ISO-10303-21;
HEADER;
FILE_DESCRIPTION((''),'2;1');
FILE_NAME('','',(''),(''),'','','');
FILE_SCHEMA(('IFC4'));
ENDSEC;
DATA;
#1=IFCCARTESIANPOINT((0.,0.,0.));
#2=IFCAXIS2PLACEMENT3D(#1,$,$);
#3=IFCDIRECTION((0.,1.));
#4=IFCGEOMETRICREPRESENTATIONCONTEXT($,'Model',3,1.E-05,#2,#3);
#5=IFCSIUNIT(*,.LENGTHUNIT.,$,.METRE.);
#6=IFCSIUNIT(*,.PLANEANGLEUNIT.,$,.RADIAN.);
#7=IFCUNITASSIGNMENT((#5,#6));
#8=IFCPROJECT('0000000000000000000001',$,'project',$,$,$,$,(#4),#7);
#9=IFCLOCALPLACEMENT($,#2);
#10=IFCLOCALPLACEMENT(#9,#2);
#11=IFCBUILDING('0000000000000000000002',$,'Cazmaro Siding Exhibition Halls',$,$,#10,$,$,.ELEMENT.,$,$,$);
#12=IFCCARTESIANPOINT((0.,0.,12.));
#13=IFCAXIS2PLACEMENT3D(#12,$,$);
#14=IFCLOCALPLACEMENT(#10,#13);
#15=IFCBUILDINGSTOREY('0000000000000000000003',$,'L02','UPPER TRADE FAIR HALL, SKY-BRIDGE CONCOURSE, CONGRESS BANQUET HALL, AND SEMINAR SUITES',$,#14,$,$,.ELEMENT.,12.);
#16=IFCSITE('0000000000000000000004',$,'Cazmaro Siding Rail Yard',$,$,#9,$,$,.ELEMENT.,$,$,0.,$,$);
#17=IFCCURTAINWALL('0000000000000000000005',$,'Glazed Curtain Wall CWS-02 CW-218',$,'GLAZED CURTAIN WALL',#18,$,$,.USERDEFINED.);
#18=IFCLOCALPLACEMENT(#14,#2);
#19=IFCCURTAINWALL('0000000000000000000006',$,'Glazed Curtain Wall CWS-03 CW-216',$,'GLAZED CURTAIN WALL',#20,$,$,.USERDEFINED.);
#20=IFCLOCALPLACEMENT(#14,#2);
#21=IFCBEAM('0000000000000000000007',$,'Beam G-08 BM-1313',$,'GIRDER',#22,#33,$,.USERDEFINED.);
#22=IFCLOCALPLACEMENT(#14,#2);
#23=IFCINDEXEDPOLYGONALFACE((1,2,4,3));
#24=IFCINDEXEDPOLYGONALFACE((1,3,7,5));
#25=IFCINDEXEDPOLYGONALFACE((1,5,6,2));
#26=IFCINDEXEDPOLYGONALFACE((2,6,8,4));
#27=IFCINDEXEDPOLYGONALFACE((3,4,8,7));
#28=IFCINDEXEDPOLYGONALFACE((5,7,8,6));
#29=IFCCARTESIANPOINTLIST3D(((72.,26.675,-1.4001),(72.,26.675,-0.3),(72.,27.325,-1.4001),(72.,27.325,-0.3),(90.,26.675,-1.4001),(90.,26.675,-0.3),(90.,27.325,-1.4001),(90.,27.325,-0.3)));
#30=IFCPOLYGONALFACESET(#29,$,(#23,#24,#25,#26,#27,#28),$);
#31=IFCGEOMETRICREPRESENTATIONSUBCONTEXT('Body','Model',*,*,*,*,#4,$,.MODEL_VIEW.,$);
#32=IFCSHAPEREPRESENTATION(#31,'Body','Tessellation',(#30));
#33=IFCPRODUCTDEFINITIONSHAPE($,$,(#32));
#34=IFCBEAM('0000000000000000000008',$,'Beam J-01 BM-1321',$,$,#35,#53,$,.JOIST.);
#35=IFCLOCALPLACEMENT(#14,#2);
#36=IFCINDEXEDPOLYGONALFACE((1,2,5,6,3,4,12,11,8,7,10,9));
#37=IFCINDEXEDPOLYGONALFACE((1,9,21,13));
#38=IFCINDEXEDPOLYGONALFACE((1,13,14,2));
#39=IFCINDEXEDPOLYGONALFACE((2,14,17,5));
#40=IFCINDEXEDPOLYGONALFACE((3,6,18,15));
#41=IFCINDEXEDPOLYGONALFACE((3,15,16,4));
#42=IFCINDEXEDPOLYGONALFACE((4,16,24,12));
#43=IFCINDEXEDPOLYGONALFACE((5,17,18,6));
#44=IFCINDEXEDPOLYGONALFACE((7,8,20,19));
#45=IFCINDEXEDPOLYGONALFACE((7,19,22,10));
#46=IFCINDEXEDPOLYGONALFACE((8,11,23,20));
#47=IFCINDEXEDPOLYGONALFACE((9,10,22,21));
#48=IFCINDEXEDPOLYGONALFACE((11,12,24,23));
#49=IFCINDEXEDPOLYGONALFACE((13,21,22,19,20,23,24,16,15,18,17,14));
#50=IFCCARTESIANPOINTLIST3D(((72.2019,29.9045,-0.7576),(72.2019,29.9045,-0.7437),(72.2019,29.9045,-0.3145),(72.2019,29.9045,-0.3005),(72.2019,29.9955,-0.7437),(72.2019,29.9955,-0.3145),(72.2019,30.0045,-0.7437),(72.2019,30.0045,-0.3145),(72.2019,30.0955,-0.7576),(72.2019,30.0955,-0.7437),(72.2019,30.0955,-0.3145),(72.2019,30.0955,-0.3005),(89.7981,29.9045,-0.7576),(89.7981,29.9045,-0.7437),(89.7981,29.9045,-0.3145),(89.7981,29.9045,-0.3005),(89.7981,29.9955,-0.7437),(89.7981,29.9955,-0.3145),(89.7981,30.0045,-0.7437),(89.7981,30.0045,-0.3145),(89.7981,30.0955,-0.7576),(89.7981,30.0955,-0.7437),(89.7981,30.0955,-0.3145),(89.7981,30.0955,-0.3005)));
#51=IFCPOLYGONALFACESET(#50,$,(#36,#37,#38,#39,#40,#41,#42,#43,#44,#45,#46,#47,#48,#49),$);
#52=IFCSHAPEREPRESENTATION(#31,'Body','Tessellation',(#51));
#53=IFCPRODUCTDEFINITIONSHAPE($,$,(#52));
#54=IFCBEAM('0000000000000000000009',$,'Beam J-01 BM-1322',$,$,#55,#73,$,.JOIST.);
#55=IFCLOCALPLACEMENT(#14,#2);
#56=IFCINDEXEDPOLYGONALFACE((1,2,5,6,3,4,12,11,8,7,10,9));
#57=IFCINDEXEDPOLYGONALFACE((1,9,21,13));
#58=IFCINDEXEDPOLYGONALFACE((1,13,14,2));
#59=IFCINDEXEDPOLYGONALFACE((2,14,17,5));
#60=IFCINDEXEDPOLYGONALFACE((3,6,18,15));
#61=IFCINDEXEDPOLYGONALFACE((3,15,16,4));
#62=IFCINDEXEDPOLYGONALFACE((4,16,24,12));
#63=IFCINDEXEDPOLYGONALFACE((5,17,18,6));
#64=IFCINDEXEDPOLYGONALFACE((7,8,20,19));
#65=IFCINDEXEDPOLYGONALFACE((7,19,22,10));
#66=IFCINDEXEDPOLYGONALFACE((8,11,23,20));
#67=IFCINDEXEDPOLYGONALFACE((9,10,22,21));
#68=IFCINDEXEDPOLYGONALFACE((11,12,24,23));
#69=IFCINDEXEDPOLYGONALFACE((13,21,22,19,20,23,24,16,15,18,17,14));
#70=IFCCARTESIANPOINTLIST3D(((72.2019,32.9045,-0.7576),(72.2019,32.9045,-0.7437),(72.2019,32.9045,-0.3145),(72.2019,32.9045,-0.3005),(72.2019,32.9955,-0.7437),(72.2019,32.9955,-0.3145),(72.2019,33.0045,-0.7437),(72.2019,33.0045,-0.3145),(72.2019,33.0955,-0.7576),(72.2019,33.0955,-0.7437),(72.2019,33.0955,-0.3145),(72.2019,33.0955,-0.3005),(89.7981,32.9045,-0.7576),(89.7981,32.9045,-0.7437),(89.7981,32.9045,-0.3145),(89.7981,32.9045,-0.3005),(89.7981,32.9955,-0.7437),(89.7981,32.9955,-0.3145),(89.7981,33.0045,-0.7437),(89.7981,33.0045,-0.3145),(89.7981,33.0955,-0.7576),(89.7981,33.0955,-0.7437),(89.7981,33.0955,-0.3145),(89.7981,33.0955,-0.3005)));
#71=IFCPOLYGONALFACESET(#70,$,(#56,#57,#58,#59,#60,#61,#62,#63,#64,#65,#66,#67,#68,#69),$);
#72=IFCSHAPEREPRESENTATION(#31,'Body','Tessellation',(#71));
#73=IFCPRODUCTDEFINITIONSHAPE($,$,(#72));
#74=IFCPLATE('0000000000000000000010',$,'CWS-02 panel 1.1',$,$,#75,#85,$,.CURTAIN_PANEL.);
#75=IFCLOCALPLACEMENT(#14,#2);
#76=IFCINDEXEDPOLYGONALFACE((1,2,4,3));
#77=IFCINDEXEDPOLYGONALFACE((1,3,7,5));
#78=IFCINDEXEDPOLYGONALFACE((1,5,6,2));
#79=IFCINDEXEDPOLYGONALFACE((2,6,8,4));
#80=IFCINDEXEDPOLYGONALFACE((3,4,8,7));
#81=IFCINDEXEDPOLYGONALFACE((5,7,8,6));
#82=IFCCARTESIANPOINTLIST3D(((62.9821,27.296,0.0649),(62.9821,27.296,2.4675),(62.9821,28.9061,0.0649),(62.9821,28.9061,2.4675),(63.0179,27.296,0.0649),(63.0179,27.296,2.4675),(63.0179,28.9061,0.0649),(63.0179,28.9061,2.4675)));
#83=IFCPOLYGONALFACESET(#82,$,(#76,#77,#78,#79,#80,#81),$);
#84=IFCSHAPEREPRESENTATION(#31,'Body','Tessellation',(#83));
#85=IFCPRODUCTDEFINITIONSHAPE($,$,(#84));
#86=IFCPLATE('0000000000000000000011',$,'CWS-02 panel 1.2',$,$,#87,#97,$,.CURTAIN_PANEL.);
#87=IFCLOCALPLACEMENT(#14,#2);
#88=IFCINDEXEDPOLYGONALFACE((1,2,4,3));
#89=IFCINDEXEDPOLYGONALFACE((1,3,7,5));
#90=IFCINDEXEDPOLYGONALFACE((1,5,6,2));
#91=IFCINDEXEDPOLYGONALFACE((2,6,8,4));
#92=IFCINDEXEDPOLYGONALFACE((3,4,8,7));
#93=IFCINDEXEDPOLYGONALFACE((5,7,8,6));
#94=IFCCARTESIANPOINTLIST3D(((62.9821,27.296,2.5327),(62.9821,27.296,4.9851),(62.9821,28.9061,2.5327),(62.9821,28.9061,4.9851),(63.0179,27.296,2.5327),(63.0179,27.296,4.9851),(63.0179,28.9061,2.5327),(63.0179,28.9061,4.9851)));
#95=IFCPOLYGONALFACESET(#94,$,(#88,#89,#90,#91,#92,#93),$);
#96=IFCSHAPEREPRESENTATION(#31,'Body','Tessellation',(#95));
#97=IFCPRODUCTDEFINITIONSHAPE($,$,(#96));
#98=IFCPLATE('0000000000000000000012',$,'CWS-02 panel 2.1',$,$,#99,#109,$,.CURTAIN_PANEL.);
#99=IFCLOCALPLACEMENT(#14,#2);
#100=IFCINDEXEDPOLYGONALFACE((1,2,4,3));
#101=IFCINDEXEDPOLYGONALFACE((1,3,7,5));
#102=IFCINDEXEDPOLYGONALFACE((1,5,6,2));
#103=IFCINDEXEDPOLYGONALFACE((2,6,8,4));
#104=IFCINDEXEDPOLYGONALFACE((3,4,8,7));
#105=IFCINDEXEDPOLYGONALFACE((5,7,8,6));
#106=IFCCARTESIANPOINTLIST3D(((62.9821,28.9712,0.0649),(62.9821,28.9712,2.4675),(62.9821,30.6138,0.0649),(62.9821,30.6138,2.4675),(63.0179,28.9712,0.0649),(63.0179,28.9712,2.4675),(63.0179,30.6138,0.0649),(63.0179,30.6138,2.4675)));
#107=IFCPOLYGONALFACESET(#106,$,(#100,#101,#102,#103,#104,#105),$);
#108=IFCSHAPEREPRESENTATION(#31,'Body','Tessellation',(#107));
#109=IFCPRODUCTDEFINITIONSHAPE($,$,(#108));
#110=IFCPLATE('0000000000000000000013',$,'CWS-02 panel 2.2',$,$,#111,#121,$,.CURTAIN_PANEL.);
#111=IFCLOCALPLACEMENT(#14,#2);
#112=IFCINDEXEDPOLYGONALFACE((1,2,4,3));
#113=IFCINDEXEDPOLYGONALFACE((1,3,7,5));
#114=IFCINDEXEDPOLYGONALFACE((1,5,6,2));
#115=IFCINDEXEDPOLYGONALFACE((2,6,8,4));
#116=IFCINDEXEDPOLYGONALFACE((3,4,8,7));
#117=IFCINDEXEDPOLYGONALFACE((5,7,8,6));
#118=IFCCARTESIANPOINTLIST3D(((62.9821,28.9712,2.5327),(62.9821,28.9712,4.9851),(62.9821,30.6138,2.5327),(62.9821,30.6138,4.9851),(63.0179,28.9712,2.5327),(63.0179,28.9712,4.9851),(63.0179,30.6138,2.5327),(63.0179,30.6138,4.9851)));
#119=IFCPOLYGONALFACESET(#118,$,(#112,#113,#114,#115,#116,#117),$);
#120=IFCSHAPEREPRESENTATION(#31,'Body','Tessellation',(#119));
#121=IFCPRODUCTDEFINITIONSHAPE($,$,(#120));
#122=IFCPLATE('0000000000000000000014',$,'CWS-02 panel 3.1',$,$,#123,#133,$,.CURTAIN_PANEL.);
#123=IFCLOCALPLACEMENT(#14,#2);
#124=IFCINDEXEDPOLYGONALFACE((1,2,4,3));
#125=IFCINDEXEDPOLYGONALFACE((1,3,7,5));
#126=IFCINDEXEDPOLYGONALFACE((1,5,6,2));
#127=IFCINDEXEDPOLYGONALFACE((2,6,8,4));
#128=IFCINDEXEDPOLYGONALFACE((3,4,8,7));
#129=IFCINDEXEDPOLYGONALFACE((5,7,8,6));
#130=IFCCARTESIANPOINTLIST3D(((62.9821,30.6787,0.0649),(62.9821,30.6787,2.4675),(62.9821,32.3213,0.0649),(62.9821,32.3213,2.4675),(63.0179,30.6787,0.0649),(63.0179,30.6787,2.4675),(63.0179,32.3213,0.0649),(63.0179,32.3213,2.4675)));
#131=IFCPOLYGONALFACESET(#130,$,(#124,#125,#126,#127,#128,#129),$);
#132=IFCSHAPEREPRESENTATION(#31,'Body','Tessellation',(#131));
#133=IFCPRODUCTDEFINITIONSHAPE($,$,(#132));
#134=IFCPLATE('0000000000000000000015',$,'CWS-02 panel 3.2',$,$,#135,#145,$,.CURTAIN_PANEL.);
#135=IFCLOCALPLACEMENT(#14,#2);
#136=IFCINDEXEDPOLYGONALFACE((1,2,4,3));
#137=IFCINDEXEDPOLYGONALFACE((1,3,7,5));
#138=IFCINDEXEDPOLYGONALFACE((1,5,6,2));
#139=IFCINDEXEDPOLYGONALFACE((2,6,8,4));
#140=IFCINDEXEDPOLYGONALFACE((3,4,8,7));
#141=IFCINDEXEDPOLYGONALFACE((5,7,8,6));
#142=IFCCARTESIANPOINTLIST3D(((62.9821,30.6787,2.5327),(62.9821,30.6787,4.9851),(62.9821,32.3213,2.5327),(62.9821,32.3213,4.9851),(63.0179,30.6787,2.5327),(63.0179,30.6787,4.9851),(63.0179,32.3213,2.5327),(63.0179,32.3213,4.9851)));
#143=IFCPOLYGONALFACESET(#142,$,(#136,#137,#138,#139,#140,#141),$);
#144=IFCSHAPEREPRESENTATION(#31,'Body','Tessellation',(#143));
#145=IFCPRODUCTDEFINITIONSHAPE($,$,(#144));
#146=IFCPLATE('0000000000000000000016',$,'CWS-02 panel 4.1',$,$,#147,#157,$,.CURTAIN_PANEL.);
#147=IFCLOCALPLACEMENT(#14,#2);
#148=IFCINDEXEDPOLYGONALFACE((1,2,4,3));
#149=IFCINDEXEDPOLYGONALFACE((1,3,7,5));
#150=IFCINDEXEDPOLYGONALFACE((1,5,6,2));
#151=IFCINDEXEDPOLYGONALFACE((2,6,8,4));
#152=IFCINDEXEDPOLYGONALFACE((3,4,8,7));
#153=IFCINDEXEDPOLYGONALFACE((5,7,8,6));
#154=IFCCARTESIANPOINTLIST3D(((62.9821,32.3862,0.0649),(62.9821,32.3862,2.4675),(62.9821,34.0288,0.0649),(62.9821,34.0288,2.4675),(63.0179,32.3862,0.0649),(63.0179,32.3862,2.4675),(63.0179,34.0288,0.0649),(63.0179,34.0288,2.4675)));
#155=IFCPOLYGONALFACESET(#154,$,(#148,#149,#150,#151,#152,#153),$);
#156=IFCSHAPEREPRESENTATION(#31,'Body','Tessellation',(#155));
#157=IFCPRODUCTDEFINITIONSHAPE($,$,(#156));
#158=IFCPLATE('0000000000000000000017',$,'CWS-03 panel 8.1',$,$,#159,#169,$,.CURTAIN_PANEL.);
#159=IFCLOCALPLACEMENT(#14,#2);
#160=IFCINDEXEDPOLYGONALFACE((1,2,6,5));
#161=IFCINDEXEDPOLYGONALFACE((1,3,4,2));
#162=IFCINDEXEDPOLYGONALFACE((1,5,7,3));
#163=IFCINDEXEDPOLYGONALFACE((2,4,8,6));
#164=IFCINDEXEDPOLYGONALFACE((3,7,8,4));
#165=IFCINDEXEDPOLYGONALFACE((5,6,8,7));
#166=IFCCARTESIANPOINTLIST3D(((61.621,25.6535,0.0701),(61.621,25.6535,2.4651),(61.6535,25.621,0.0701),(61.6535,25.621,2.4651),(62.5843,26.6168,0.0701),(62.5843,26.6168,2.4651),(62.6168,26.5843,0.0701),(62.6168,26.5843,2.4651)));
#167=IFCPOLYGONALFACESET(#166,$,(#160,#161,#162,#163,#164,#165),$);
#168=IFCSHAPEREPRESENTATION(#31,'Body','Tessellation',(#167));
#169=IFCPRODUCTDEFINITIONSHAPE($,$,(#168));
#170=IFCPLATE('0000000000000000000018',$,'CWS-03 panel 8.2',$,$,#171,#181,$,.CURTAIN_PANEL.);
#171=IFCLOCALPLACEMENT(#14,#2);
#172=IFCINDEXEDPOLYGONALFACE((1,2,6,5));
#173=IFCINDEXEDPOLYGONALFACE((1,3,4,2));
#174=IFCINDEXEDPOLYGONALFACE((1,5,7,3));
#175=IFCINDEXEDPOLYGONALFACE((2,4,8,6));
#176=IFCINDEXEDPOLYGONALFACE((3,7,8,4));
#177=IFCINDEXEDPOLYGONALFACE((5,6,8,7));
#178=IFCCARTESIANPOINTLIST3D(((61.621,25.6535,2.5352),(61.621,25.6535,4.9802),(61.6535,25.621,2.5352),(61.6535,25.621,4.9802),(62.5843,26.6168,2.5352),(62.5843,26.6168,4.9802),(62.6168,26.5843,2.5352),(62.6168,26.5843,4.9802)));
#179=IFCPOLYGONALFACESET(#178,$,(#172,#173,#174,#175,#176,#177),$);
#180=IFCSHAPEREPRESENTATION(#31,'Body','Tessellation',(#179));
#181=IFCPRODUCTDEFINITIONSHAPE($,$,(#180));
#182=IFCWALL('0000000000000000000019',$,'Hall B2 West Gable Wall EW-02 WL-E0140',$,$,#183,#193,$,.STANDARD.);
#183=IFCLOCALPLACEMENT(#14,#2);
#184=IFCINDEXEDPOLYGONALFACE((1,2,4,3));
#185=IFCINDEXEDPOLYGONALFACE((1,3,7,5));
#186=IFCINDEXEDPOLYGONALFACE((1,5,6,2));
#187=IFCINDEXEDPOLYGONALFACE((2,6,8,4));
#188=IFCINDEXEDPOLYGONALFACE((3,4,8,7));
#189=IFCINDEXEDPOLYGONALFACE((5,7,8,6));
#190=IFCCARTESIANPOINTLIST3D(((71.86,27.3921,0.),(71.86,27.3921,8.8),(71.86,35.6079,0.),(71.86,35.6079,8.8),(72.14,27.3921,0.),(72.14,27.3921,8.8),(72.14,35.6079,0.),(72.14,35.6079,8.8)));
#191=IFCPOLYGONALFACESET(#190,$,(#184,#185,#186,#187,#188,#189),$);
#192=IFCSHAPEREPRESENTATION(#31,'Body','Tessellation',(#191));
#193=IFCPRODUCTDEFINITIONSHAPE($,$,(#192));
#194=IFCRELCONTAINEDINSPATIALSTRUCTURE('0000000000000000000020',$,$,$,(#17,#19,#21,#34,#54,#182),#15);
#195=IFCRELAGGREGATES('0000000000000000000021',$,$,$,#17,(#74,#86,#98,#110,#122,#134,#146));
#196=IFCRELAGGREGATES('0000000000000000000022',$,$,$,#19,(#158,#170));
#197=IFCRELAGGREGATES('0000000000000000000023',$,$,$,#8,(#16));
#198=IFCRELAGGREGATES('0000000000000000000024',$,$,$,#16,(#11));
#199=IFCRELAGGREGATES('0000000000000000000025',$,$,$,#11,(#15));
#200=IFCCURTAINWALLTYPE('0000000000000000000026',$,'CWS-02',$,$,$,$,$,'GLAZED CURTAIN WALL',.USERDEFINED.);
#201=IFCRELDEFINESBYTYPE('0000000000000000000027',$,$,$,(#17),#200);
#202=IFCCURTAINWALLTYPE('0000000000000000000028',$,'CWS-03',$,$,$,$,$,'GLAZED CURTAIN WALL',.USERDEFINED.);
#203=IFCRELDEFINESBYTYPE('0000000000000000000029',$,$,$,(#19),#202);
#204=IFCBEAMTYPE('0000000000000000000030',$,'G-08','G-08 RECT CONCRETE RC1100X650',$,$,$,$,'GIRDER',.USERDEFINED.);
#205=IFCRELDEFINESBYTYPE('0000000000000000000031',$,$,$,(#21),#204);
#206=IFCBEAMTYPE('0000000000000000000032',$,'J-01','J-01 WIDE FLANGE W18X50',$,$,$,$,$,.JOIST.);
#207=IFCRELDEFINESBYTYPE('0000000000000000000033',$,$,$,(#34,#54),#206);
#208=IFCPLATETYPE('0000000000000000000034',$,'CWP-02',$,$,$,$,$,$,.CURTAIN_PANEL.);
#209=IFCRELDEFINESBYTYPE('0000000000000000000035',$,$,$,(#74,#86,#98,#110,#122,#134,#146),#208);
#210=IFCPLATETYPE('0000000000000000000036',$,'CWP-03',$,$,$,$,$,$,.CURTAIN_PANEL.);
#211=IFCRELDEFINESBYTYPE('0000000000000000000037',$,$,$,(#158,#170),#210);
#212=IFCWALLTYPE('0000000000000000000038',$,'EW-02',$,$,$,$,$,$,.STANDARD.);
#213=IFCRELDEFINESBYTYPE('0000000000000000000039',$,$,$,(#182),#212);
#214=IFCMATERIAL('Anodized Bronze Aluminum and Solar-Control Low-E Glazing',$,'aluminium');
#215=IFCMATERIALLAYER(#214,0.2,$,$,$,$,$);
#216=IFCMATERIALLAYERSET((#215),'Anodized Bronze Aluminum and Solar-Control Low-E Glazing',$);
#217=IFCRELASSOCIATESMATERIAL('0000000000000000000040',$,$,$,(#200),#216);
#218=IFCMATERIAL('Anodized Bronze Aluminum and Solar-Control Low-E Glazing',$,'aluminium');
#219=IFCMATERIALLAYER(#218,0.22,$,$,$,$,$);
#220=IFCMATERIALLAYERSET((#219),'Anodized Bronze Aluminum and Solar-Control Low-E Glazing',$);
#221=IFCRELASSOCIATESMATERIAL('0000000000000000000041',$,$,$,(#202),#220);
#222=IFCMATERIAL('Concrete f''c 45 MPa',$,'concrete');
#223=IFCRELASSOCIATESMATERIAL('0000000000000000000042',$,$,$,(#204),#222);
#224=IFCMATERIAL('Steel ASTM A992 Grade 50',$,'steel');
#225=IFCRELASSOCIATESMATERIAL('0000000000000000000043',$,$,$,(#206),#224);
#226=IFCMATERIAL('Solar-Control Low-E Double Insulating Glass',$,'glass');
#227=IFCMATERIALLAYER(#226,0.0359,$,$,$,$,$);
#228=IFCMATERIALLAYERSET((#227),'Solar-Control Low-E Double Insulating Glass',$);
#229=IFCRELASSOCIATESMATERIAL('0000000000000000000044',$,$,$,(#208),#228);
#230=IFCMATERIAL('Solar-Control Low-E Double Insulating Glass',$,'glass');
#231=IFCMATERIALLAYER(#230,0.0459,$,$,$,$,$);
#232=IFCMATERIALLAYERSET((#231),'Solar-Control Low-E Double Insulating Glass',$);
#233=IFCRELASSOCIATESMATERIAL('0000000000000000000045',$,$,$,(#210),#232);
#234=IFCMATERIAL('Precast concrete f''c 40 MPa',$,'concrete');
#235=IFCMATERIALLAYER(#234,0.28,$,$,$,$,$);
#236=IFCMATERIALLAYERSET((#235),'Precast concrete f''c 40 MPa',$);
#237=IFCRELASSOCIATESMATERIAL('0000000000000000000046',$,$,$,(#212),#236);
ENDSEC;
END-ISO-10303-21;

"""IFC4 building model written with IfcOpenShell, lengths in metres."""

from ifc_helpers import new_model, si_unit, direction, frame, frame_2d, origin, origin_2d, place, context, subcontext, project, spatial, rectangle, i_section, extrude, material, layer, layer_set, material_profile, profile_set, type_object, element, aggregate, save


model = new_model("IFC4")

# Units and contexts
model_context = context("Model", 3, precision=1e-05, world=origin(), true_north=direction((0.0, 1.0)))
body_context = subcontext(model_context, "Body", "Model", "MODEL_VIEW")
ifc_project = project(units=[si_unit("LENGTHUNIT", "METRE"), si_unit("PLANEANGLEUNIT", "RADIAN")], contexts=[model_context])

# Site, building, storey
site_placement = place(None, origin())
site = spatial("IfcSite", under=ifc_project, at=site_placement, Name="Cazmaro Siding Rail Yard", CompositionType="ELEMENT", RefElevation=0.0)
building_placement = place(site_placement, origin())
building = spatial("IfcBuilding", under=site, at=building_placement, Name="Cazmaro Siding Exhibition Halls", CompositionType="ELEMENT")
storey_placement = place(building_placement, frame((0.0, 0.0, 12.0)))
storey = spatial("IfcBuildingStorey", under=building, at=storey_placement, Name="L02", Description="UPPER TRADE FAIR HALL, SKY-BRIDGE CONCOURSE, CONGRESS BANQUET HALL, AND SEMINAR SUITES", CompositionType="ELEMENT", Elevation=12.0)

# Curtain walls
ifc_material_1 = material(Name="Anodized Bronze Aluminum and Solar-Control Low-E Glazing", Category="aluminium")
ifc_layer_1 = layer(ifc_material_1, 0.2)
ifc_layer_set_1 = layer_set([ifc_layer_1], Name="Anodized Bronze Aluminum and Solar-Control Low-E Glazing")
curtain_wall_type_1 = type_object("IfcCurtainWallType", Name="CWS-02", ElementType="GLAZED CURTAIN WALL", PredefinedType="USERDEFINED", material=ifc_layer_set_1)
curtain_wall_1_placement = place(storey_placement, origin())
curtain_wall_1 = element("IfcCurtainWall", 1, at=curtain_wall_1_placement, inside=storey, type_object=curtain_wall_type_1, Name="Glazed Curtain Wall CWS-02 CW-218", ObjectType="GLAZED CURTAIN WALL", PredefinedType="USERDEFINED")
ifc_material_2 = material(Name="Anodized Bronze Aluminum and Solar-Control Low-E Glazing", Category="aluminium")
ifc_layer_2 = layer(ifc_material_2, 0.22)
ifc_layer_set_2 = layer_set([ifc_layer_2], Name="Anodized Bronze Aluminum and Solar-Control Low-E Glazing")
curtain_wall_type_2 = type_object("IfcCurtainWallType", Name="CWS-03", ElementType="GLAZED CURTAIN WALL", PredefinedType="USERDEFINED", material=ifc_layer_set_2)
curtain_wall_2_placement = place(storey_placement, origin())
curtain_wall_2 = element("IfcCurtainWall", 2, at=curtain_wall_2_placement, inside=storey, type_object=curtain_wall_type_2, Name="Glazed Curtain Wall CWS-03 CW-216", ObjectType="GLAZED CURTAIN WALL", PredefinedType="USERDEFINED")

# Beams
ifc_material_3 = material(Name="Concrete f'c 45 MPa", Category="concrete")
ifc_material_profile_1 = material_profile(ifc_material_3, rectangle(XDim=0.6499, YDim=1.1001, at=origin_2d()), Name="RC1100X650")
ifc_profile_set_1 = profile_set([ifc_material_profile_1], Name="Concrete f'c 45 MPa")
beam_type_1 = type_object("IfcBeamType", Name="G-08", Description="G-08 RECT CONCRETE RC1100X650", ElementType="GIRDER", PredefinedType="USERDEFINED", material=ifc_profile_set_1)
beam_1_placement = place(storey_placement, frame((72.0, 27.0, -0.8501), z_axis=(1.0, 0.0, 0.0), x_axis=(0.0, 1.0, 0.0)))
element("IfcBeam", 3, at=beam_1_placement, inside=storey, type_object=beam_type_1, Name="Beam G-08 BM-1313", ObjectType="GIRDER", PredefinedType="USERDEFINED", context=body_context, shape_type="SweptSolid", body=[
    extrude(rectangle(XDim=0.6499, YDim=1.1001, at=origin_2d()), origin(), (0.0, 0.0, 1.0), 18.0),
])
ifc_material_4 = material(Name="Steel ASTM A992 Grade 50", Category="steel")
ifc_material_profile_2 = material_profile(ifc_material_4, i_section(OverallWidth=0.1909, OverallDepth=0.457, WebThickness=0.009, FlangeThickness=0.0139, at=origin_2d()), Name="W18X50")
ifc_profile_set_2 = profile_set([ifc_material_profile_2], Name="Steel ASTM A992 Grade 50")
beam_type_2 = type_object("IfcBeamType", Name="J-01", Description="J-01 WIDE FLANGE W18X50", PredefinedType="JOIST", material=ifc_profile_set_2)
for number, where, z_axis, x_axis, name in (
    (4, (72.2019, 30.0, -0.5291), (1.0, 0.0, 0.0), (0.0, 1.0, 0.0), "Beam J-01 BM-1321"),
    (5, (72.2019, 33.0, -0.5291), (1.0, 0.0, 0.0), (0.0, 1.0, 0.0), "Beam J-01 BM-1322"),
):
    element("IfcBeam", number, at=place(storey_placement, frame(where, z_axis=z_axis, x_axis=x_axis)), inside=storey, type_object=beam_type_2, Name=name, PredefinedType="JOIST", context=body_context, shape_type="SweptSolid", body=[
        extrude(i_section(OverallWidth=0.1909, OverallDepth=0.457, WebThickness=0.009, FlangeThickness=0.0139, at=origin_2d()), origin(), (0.0, 0.0, 1.0), 17.5962),
    ])

# Plates
ifc_material_5 = material(Name="Solar-Control Low-E Double Insulating Glass", Category="glass")
ifc_layer_3 = layer(ifc_material_5, 0.0359)
ifc_layer_set_3 = layer_set([ifc_layer_3], Name="Solar-Control Low-E Double Insulating Glass")
plate_type_1 = type_object("IfcPlateType", Name="CWP-02", PredefinedType="CURTAIN_PANEL", material=ifc_layer_set_3)
plate_1_placement = place(storey_placement, frame((63.0, 28.1011, 0.0649), z_axis=(0.0, 0.0, 1.0), x_axis=(0.0, 1.0, 0.0)))
plate_1 = element("IfcPlate", 6, at=plate_1_placement, type_object=plate_type_1, Name="CWS-02 panel 1.1", PredefinedType="CURTAIN_PANEL", context=body_context, shape_type="SweptSolid", body=[
    extrude(rectangle(XDim=1.6101, YDim=0.0359, at=origin_2d()), origin(), (0.0, 0.0, 1.0), 2.4026),
])
plate_2_placement = place(storey_placement, frame((63.0, 28.1011, 2.5327), z_axis=(0.0, 0.0, 1.0), x_axis=(0.0, 1.0, 0.0)))
plate_2 = element("IfcPlate", 7, at=plate_2_placement, type_object=plate_type_1, Name="CWS-02 panel 1.2", PredefinedType="CURTAIN_PANEL", context=body_context, shape_type="SweptSolid", body=[
    extrude(rectangle(XDim=1.6101, YDim=0.0359, at=origin_2d()), origin(), (0.0, 0.0, 1.0), 2.4524),
])
plate_3_placement = place(storey_placement, frame((63.0, 29.7925, 0.0649), z_axis=(0.0, 0.0, 1.0), x_axis=(0.0, 1.0, 0.0)))
plate_3 = element("IfcPlate", 8, at=plate_3_placement, type_object=plate_type_1, Name="CWS-02 panel 2.1", PredefinedType="CURTAIN_PANEL", context=body_context, shape_type="SweptSolid", body=[
    extrude(rectangle(XDim=1.6426, YDim=0.0359, at=origin_2d()), origin(), (0.0, 0.0, 1.0), 2.4026),
])
plate_4_placement = place(storey_placement, frame((63.0, 29.7925, 2.5327), z_axis=(0.0, 0.0, 1.0), x_axis=(0.0, 1.0, 0.0)))
plate_4 = element("IfcPlate", 9, at=plate_4_placement, type_object=plate_type_1, Name="CWS-02 panel 2.2", PredefinedType="CURTAIN_PANEL", context=body_context, shape_type="SweptSolid", body=[
    extrude(rectangle(XDim=1.6426, YDim=0.0359, at=origin_2d()), origin(), (0.0, 0.0, 1.0), 2.4524),
])
plate_5_placement = place(storey_placement, frame((63.0, 31.5, 0.0649), z_axis=(0.0, 0.0, 1.0), x_axis=(0.0, 1.0, 0.0)))
plate_5 = element("IfcPlate", 10, at=plate_5_placement, type_object=plate_type_1, Name="CWS-02 panel 3.1", PredefinedType="CURTAIN_PANEL", context=body_context, shape_type="SweptSolid", body=[
    extrude(rectangle(XDim=1.6426, YDim=0.0359, at=origin_2d()), origin(), (0.0, 0.0, 1.0), 2.4026),
])
plate_6_placement = place(storey_placement, frame((63.0, 31.5, 2.5327), z_axis=(0.0, 0.0, 1.0), x_axis=(0.0, 1.0, 0.0)))
plate_6 = element("IfcPlate", 11, at=plate_6_placement, type_object=plate_type_1, Name="CWS-02 panel 3.2", PredefinedType="CURTAIN_PANEL", context=body_context, shape_type="SweptSolid", body=[
    extrude(rectangle(XDim=1.6426, YDim=0.0359, at=origin_2d()), origin(), (0.0, 0.0, 1.0), 2.4524),
])
plate_7_placement = place(storey_placement, frame((63.0, 33.2075, 0.0649), z_axis=(0.0, 0.0, 1.0), x_axis=(0.0, 1.0, 0.0)))
plate_7 = element("IfcPlate", 12, at=plate_7_placement, type_object=plate_type_1, Name="CWS-02 panel 4.1", PredefinedType="CURTAIN_PANEL", context=body_context, shape_type="SweptSolid", body=[
    extrude(rectangle(XDim=1.6426, YDim=0.0359, at=origin_2d()), origin(), (0.0, 0.0, 1.0), 2.4026),
])
aggregate(curtain_wall_1, [plate_1, plate_2, plate_3, plate_4, plate_5, plate_6, plate_7])
ifc_material_6 = material(Name="Solar-Control Low-E Double Insulating Glass", Category="glass")
ifc_layer_4 = layer(ifc_material_6, 0.0459)
ifc_layer_set_4 = layer_set([ifc_layer_4], Name="Solar-Control Low-E Double Insulating Glass")
plate_type_2 = type_object("IfcPlateType", Name="CWP-03", PredefinedType="CURTAIN_PANEL", material=ifc_layer_set_4)
plate_8_placement = place(storey_placement, frame((62.1189, 26.1189, 0.0701), z_axis=(0.0, 0.0, 1.0), x_axis=(0.707107, 0.707107, 0.0)))
plate_8 = element("IfcPlate", 13, at=plate_8_placement, type_object=plate_type_2, Name="CWS-03 panel 8.1", PredefinedType="CURTAIN_PANEL", context=body_context, shape_type="SweptSolid", body=[
    extrude(rectangle(XDim=1.3623, YDim=0.0459, at=origin_2d()), origin(), (0.0, 0.0, 1.0), 2.395),
])
plate_9_placement = place(storey_placement, frame((62.1189, 26.1189, 2.5352), z_axis=(0.0, 0.0, 1.0), x_axis=(0.707107, 0.707107, 0.0)))
plate_9 = element("IfcPlate", 14, at=plate_9_placement, type_object=plate_type_2, Name="CWS-03 panel 8.2", PredefinedType="CURTAIN_PANEL", context=body_context, shape_type="SweptSolid", body=[
    extrude(rectangle(XDim=1.3623, YDim=0.0459, at=origin_2d()), origin(), (0.0, 0.0, 1.0), 2.4451),
])
aggregate(curtain_wall_2, [plate_8, plate_9])

# Wall
ifc_material_7 = material(Name="Precast concrete f'c 40 MPa", Category="concrete")
ifc_layer_5 = layer(ifc_material_7, 0.28)
ifc_layer_set_5 = layer_set([ifc_layer_5], Name="Precast concrete f'c 40 MPa")
wall_type = type_object("IfcWallType", Name="EW-02", PredefinedType="STANDARD", material=ifc_layer_set_5)
wall_placement = place(storey_placement, frame((72.0, 27.3921, 0.0), z_axis=(0.0, 0.0, 1.0), x_axis=(0.0, 1.0, 0.0)))
element("IfcWall", 15, at=wall_placement, inside=storey, type_object=wall_type, Name="Hall B2 West Gable Wall EW-02 WL-E0140", PredefinedType="STANDARD", context=body_context, shape_type="SweptSolid", body=[
    extrude(rectangle(XDim=8.2158, YDim=0.28, at=frame_2d((4.1079, 0.0))), origin(), (0.0, 0.0, 1.0), 8.8),
])

save(model, "model.ifc")
